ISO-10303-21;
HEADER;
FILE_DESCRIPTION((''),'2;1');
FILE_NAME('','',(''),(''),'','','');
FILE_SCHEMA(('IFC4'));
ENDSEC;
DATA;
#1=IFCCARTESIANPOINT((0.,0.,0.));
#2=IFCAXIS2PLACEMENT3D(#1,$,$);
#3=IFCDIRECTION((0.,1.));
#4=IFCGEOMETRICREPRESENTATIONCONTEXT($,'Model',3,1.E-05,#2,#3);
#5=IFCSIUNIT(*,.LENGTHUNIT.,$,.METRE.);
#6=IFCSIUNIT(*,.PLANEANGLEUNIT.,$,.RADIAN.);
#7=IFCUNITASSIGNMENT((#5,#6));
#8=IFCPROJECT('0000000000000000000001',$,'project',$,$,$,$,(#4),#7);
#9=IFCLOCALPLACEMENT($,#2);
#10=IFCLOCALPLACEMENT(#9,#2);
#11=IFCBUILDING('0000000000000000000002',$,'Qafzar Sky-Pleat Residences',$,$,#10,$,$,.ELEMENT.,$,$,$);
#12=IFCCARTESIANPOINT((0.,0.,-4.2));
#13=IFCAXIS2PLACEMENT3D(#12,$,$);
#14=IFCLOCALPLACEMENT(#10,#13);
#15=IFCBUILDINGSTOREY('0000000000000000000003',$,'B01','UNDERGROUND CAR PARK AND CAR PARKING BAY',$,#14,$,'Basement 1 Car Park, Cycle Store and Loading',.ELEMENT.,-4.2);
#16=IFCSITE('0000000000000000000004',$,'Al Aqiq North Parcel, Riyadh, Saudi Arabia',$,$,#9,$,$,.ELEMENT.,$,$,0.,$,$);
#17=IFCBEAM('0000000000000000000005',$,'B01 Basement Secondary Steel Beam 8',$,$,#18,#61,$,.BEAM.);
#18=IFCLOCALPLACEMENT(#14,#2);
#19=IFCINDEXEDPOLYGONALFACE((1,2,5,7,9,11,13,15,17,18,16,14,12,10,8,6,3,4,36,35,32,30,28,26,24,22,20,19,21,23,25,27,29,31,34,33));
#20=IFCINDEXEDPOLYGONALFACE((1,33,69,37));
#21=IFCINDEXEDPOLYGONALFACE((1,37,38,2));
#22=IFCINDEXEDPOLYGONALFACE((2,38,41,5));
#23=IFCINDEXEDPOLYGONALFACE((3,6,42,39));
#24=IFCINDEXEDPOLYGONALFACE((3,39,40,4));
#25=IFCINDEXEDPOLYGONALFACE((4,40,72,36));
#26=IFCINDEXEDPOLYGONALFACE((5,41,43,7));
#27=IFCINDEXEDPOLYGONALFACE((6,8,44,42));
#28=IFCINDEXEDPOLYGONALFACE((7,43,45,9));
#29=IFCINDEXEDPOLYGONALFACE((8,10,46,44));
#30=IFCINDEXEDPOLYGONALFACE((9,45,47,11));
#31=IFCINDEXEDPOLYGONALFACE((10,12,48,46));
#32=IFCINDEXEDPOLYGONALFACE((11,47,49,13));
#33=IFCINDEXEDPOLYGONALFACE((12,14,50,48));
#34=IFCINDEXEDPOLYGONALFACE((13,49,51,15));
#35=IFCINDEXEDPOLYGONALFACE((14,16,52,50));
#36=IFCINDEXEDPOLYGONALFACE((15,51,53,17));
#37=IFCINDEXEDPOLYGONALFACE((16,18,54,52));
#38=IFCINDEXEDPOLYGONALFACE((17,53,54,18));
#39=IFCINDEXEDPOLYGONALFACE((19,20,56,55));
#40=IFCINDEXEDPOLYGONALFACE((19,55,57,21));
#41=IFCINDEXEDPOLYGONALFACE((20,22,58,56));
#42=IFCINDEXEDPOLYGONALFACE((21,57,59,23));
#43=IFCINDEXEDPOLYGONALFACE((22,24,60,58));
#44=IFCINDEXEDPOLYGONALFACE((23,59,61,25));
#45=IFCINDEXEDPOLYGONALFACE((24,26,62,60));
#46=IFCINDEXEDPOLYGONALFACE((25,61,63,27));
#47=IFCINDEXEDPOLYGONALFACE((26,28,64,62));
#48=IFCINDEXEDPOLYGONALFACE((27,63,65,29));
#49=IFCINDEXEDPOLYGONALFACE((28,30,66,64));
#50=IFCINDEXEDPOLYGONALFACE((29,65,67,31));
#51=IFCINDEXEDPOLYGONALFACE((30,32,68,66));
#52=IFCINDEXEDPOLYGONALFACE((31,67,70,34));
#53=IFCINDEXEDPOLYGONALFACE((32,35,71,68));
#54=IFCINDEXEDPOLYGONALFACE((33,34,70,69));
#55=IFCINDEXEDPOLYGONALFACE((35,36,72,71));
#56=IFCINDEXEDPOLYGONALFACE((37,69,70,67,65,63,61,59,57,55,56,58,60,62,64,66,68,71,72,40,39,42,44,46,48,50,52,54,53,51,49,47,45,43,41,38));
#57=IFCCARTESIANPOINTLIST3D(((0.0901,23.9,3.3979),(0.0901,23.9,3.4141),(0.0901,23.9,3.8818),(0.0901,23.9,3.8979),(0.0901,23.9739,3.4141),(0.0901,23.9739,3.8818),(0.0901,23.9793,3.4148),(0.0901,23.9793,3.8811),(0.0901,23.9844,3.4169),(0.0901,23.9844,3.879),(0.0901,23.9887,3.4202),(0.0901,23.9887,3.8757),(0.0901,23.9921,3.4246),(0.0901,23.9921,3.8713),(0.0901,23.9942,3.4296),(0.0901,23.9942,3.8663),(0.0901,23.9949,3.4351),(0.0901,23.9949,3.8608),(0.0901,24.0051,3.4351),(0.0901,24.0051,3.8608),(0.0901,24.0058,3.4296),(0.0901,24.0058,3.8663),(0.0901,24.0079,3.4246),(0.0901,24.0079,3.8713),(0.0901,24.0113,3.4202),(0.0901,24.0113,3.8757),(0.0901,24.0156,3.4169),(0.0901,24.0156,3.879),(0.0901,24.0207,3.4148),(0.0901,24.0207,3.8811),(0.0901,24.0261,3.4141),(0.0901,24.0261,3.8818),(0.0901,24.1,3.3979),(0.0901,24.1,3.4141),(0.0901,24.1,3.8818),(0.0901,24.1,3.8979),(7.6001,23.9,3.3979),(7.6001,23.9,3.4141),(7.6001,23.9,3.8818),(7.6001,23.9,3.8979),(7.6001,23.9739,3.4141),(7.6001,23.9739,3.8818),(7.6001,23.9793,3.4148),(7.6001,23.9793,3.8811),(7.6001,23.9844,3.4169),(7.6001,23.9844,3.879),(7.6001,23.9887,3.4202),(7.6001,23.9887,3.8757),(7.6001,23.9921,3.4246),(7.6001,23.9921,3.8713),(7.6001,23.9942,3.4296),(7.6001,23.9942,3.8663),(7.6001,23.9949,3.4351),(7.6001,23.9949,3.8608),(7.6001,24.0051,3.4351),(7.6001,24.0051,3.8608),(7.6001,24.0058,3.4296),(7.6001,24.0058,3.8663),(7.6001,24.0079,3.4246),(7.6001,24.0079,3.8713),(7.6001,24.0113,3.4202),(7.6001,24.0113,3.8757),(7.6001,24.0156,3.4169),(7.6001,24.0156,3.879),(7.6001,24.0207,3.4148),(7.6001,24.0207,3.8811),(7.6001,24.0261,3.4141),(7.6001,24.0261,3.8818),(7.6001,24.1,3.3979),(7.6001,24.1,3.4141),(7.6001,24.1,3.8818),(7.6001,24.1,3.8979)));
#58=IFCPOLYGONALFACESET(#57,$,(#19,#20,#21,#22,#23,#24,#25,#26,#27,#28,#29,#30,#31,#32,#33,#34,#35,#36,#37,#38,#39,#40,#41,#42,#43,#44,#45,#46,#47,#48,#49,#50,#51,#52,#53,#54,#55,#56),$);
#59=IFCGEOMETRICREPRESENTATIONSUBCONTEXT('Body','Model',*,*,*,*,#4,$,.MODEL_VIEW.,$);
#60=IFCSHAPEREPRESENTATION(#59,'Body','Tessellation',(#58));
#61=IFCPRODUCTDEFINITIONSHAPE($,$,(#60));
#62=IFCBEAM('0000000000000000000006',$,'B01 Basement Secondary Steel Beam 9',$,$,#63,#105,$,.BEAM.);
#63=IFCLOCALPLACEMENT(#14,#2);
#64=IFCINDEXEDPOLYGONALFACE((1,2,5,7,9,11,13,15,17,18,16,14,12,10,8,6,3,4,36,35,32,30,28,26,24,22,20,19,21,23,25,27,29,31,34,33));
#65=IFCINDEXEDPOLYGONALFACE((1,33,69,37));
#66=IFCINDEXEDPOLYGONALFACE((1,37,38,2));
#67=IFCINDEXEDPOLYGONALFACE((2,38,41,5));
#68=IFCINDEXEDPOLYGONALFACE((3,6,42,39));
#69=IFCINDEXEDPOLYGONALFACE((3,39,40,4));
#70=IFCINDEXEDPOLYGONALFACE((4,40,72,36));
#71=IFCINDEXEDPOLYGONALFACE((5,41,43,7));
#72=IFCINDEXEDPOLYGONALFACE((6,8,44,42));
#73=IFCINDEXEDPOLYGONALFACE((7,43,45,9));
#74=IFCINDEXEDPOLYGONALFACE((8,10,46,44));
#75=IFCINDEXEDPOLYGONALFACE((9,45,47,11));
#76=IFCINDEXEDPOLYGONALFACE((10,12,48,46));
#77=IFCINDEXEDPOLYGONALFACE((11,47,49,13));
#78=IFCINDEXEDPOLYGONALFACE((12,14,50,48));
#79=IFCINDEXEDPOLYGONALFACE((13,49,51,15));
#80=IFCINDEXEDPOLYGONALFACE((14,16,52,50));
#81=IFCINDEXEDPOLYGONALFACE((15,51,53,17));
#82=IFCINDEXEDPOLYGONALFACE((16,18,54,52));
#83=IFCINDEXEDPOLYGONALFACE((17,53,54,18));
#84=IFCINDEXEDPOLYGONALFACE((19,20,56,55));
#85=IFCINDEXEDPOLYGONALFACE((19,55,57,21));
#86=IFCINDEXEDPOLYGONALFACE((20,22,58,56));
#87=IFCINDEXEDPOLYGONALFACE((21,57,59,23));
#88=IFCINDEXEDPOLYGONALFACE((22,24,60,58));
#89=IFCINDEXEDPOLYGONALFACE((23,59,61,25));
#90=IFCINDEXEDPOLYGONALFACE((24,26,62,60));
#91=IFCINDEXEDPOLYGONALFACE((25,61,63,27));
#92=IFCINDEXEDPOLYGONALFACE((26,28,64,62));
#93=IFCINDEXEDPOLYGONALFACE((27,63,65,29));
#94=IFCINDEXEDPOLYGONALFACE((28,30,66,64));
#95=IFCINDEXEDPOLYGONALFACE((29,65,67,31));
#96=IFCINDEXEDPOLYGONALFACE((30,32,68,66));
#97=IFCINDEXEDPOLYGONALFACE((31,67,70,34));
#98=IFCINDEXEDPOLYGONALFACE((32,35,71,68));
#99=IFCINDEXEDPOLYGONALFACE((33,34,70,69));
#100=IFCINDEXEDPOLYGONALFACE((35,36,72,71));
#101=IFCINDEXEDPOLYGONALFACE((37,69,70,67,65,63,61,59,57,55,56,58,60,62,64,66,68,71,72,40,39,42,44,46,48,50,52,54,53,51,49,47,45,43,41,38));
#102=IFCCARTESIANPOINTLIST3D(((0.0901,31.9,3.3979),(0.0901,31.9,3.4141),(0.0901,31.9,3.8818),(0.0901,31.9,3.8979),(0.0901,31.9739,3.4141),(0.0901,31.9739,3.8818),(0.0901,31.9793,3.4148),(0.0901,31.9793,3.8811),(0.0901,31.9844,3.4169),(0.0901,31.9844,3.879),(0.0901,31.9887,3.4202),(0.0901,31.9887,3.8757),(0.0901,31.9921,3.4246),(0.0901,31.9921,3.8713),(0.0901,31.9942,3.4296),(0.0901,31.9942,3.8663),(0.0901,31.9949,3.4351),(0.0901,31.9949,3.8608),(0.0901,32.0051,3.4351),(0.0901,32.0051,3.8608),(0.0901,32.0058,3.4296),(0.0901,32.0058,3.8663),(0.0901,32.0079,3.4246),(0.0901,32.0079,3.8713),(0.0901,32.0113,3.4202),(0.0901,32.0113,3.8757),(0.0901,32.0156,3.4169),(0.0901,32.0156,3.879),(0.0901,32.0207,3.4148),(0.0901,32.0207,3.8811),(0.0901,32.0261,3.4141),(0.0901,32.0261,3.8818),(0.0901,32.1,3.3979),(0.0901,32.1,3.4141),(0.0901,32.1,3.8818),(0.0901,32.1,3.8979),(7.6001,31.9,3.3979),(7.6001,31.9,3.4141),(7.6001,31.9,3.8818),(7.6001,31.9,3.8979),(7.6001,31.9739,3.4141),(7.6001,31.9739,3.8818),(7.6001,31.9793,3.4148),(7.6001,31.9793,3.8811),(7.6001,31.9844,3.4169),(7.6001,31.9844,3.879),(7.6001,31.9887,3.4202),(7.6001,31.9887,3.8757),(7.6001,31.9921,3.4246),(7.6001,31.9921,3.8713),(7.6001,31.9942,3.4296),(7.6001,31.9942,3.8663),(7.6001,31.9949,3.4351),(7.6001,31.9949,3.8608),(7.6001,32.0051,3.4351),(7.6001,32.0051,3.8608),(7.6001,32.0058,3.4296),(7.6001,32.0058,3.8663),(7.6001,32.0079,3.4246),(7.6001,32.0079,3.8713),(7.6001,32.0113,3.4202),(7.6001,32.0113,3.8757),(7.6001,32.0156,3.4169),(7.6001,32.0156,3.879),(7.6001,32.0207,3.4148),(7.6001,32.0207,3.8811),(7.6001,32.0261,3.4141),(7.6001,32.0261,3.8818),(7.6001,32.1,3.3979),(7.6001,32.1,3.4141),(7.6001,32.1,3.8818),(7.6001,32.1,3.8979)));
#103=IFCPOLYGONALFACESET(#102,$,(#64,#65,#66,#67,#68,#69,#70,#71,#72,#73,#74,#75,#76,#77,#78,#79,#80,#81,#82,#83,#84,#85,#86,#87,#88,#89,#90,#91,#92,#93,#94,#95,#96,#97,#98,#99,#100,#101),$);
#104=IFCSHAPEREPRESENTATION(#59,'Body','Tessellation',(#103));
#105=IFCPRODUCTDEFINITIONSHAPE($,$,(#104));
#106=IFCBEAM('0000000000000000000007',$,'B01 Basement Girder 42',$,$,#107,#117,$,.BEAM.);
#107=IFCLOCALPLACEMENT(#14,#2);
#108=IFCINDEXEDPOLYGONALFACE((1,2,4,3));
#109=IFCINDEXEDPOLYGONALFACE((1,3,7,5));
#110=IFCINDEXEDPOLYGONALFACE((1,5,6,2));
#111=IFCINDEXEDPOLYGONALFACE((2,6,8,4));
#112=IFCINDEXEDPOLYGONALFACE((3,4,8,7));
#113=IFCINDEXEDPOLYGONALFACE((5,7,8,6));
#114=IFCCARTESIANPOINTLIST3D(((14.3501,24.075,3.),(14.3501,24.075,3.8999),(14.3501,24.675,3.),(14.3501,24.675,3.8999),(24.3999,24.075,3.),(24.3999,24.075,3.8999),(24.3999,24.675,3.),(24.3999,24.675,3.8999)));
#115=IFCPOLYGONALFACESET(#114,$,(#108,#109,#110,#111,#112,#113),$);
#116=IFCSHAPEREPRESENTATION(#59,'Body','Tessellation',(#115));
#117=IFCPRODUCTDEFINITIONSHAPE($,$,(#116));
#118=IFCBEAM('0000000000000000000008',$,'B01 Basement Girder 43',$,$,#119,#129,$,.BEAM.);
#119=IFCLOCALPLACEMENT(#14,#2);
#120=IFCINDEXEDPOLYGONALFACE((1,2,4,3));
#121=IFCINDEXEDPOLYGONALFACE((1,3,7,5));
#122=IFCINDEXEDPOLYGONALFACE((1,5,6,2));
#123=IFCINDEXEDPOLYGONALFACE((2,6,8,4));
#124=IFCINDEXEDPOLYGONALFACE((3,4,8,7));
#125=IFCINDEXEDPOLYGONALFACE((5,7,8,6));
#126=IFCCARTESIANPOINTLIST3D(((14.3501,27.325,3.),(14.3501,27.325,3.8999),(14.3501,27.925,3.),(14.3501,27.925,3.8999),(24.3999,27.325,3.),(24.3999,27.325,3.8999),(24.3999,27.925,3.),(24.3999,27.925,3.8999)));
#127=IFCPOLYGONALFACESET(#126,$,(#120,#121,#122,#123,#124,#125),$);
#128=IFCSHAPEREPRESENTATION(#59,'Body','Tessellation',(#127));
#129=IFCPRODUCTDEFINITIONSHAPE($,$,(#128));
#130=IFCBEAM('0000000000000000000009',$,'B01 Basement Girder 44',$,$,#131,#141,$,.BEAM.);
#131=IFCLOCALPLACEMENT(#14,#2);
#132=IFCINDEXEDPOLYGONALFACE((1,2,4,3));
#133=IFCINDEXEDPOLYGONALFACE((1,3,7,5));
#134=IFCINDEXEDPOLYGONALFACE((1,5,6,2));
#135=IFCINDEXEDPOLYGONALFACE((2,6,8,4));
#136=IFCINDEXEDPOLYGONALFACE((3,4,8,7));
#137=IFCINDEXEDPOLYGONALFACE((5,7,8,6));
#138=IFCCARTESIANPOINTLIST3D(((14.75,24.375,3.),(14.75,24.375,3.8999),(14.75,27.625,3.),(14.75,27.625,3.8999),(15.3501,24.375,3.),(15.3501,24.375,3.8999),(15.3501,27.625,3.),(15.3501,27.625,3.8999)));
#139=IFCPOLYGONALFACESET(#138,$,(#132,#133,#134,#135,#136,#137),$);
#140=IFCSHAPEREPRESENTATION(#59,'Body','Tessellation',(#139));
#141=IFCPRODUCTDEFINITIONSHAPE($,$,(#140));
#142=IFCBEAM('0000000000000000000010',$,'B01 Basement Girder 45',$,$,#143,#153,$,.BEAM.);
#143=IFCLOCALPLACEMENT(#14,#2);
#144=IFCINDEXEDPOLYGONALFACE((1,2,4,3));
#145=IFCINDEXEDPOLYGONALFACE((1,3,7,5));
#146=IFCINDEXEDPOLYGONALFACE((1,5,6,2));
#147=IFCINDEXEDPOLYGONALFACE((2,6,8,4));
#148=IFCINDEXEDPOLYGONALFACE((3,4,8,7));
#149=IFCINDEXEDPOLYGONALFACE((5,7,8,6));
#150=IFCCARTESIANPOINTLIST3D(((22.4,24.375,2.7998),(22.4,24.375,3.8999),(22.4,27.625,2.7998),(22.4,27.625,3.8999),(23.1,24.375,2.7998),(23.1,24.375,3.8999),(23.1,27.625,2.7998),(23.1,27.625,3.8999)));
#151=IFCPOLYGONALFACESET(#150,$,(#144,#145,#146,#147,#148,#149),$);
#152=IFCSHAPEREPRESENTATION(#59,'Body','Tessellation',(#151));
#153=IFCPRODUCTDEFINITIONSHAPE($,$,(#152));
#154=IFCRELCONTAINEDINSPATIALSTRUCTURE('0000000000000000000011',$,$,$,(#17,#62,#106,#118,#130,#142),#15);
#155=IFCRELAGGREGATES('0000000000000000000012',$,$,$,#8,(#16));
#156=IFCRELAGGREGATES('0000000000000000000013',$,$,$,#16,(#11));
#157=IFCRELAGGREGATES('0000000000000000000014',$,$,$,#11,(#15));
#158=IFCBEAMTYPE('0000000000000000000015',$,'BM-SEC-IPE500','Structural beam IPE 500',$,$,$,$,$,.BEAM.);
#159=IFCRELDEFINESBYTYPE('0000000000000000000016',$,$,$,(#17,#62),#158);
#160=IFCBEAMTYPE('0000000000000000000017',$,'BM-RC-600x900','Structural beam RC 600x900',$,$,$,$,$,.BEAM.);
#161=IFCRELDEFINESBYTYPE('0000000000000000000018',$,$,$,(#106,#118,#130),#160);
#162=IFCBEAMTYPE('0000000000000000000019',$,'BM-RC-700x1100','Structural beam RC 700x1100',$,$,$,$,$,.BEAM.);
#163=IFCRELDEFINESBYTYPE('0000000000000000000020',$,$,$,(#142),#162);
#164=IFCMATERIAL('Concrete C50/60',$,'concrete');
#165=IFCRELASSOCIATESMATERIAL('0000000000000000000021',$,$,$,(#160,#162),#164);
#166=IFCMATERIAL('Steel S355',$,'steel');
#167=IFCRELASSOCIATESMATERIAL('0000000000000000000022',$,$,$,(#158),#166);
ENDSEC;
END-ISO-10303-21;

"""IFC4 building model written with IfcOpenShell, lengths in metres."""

from ifc_helpers import new_model, si_unit, direction, frame, origin, origin_2d, place, context, subcontext, project, spatial, rectangle, i_section, extrude, source, transform, mapped, material, material_profile, profile_set, type_object, element, save


model = new_model("IFC4")

# Units and contexts
model_context = context("Model", 3, precision=1e-05, world=origin(), true_north=direction((0.0, 1.0)))
body_context = subcontext(model_context, "Body", "Model", "MODEL_VIEW")
ifc_project = project(units=[si_unit("LENGTHUNIT", "METRE"), si_unit("PLANEANGLEUNIT", "RADIAN")], contexts=[model_context])

# Site, building, storey
site_placement = place(None, origin())
site = spatial("IfcSite", under=ifc_project, at=site_placement, Name="Al Aqiq North Parcel, Riyadh, Saudi Arabia", CompositionType="ELEMENT", RefElevation=0.0)
building_placement = place(site_placement, origin())
building = spatial("IfcBuilding", under=site, at=building_placement, Name="Qafzar Sky-Pleat Residences", CompositionType="ELEMENT")
storey_placement = place(building_placement, frame((0.0, 0.0, -4.2)))
storey = spatial("IfcBuildingStorey", under=building, at=storey_placement, Name="B01", Description="UNDERGROUND CAR PARK AND CAR PARKING BAY", LongName="Basement 1 Car Park, Cycle Store and Loading", CompositionType="ELEMENT", Elevation=-4.2)

# Beams
ifc_material_1 = material(Name="Concrete C50/60", Category="concrete")
ifc_material_profile_1 = material_profile(ifc_material_1, rectangle(XDim=0.6001, YDim=0.8999, at=origin_2d()), Name="RC 600x900")
ifc_profile_set_1 = profile_set([ifc_material_profile_1], Name="Concrete C50/60")
beam_type_1 = type_object("IfcBeamType", Name="BM-RC-600x900", Description="Structural beam RC 600x900", PredefinedType="BEAM", material=ifc_profile_set_1)
ifc_material_2 = material(Name="Steel S355", Category="steel")
ifc_material_profile_2 = material_profile(ifc_material_2, i_section(OverallWidth=0.2, OverallDepth=0.5, WebThickness=0.0103, FlangeThickness=0.0161, FilletRadius=0.021, at=origin_2d()), Name="IPE 500")
ifc_profile_set_2 = profile_set([ifc_material_profile_2], Name="Steel S355")
beam_type_2 = type_object("IfcBeamType", Name="BM-SEC-IPE500", Description="Structural beam IPE 500", PredefinedType="BEAM", material=ifc_profile_set_2)
shared_shape_1 = source(origin(), body_context, "Body", "SweptSolid", [
    extrude(i_section(OverallWidth=0.2, OverallDepth=0.5, WebThickness=0.0103, FlangeThickness=0.0161, FilletRadius=0.021, at=origin_2d()), origin(), (0.0, 0.0, 1.0), 7.51),
])
for number, where, z_axis, x_axis, name in (
    (1, (0.0901, 24.0, 3.6479), (1.0, 0.0, 0.0), (0.0, 1.0, 0.0), "B01 Basement Secondary Steel Beam 8"),
    (2, (0.0901, 32.0, 3.6479), (1.0, 0.0, 0.0), (0.0, 1.0, 0.0), "B01 Basement Secondary Steel Beam 9"),
):
    element("IfcBeam", number, at=place(storey_placement, frame(where, z_axis=z_axis, x_axis=x_axis)), inside=storey, type_object=beam_type_2, Name=name, PredefinedType="BEAM", context=body_context, shape_type="MappedRepresentation", body=[
        mapped(shared_shape_1, transform((0.0, 0.0, 0.0), x_axis=(1.0, 0.0, 0.0), y_axis=(0.0, 1.0, 0.0), z_axis=(0.0, 0.0, 1.0), scale=1.0)),
    ])
shared_shape_2 = source(origin(), body_context, "Body", "SweptSolid", [
    extrude(rectangle(XDim=0.6001, YDim=0.8999, at=origin_2d()), origin(), (0.0, 0.0, 1.0), 10.0498),
])
for number, where, z_axis, x_axis, name in (
    (3, (14.3501, 24.375, 3.45), (1.0, 0.0, 0.0), (0.0, 1.0, 0.0), "B01 Basement Girder 42"),
    (4, (14.3501, 27.625, 3.45), (1.0, 0.0, 0.0), (0.0, 1.0, 0.0), "B01 Basement Girder 43"),
):
    element("IfcBeam", number, at=place(storey_placement, frame(where, z_axis=z_axis, x_axis=x_axis)), inside=storey, type_object=beam_type_1, Name=name, PredefinedType="BEAM", context=body_context, shape_type="MappedRepresentation", body=[
        mapped(shared_shape_2, transform((0.0, 0.0, 0.0), x_axis=(1.0, 0.0, 0.0), y_axis=(0.0, 1.0, 0.0), z_axis=(0.0, 0.0, 1.0), scale=1.0)),
    ])
shared_shape_3 = source(origin(), body_context, "Body", "SweptSolid", [
    extrude(rectangle(XDim=0.6001, YDim=0.8999, at=origin_2d()), origin(), (0.0, 0.0, 1.0), 3.25),
])
beam_1_placement = place(storey_placement, frame((15.05, 24.375, 3.45), z_axis=(0.0, 1.0, 0.0), x_axis=(-1.0, 0.0, 0.0)))
element("IfcBeam", 5, at=beam_1_placement, inside=storey, type_object=beam_type_1, Name="B01 Basement Girder 44", PredefinedType="BEAM", context=body_context, shape_type="MappedRepresentation", body=[
    mapped(shared_shape_3, transform((0.0, 0.0, 0.0), x_axis=(1.0, 0.0, 0.0), y_axis=(0.0, 1.0, 0.0), z_axis=(0.0, 0.0, 1.0), scale=1.0)),
])
ifc_material_profile_3 = material_profile(ifc_material_1, rectangle(XDim=0.7, YDim=1.1001, at=origin_2d()), Name="RC 700x1100")
ifc_profile_set_3 = profile_set([ifc_material_profile_3], Name="Concrete C50/60")
beam_type_3 = type_object("IfcBeamType", Name="BM-RC-700x1100", Description="Structural beam RC 700x1100", PredefinedType="BEAM", material=ifc_profile_set_3)
shared_shape_4 = source(origin(), body_context, "Body", "SweptSolid", [
    extrude(rectangle(XDim=0.7, YDim=1.1001, at=origin_2d()), origin(), (0.0, 0.0, 1.0), 3.25),
])
beam_2_placement = place(storey_placement, frame((22.75, 24.375, 3.3499), z_axis=(0.0, 1.0, 0.0), x_axis=(-1.0, 0.0, 0.0)))
element("IfcBeam", 6, at=beam_2_placement, inside=storey, type_object=beam_type_3, Name="B01 Basement Girder 45", PredefinedType="BEAM", context=body_context, shape_type="MappedRepresentation", body=[
    mapped(shared_shape_4, transform((0.0, 0.0, 0.0), x_axis=(1.0, 0.0, 0.0), y_axis=(0.0, 1.0, 0.0), z_axis=(0.0, 0.0, 1.0), scale=1.0)),
])

save(model, "model.ifc")
